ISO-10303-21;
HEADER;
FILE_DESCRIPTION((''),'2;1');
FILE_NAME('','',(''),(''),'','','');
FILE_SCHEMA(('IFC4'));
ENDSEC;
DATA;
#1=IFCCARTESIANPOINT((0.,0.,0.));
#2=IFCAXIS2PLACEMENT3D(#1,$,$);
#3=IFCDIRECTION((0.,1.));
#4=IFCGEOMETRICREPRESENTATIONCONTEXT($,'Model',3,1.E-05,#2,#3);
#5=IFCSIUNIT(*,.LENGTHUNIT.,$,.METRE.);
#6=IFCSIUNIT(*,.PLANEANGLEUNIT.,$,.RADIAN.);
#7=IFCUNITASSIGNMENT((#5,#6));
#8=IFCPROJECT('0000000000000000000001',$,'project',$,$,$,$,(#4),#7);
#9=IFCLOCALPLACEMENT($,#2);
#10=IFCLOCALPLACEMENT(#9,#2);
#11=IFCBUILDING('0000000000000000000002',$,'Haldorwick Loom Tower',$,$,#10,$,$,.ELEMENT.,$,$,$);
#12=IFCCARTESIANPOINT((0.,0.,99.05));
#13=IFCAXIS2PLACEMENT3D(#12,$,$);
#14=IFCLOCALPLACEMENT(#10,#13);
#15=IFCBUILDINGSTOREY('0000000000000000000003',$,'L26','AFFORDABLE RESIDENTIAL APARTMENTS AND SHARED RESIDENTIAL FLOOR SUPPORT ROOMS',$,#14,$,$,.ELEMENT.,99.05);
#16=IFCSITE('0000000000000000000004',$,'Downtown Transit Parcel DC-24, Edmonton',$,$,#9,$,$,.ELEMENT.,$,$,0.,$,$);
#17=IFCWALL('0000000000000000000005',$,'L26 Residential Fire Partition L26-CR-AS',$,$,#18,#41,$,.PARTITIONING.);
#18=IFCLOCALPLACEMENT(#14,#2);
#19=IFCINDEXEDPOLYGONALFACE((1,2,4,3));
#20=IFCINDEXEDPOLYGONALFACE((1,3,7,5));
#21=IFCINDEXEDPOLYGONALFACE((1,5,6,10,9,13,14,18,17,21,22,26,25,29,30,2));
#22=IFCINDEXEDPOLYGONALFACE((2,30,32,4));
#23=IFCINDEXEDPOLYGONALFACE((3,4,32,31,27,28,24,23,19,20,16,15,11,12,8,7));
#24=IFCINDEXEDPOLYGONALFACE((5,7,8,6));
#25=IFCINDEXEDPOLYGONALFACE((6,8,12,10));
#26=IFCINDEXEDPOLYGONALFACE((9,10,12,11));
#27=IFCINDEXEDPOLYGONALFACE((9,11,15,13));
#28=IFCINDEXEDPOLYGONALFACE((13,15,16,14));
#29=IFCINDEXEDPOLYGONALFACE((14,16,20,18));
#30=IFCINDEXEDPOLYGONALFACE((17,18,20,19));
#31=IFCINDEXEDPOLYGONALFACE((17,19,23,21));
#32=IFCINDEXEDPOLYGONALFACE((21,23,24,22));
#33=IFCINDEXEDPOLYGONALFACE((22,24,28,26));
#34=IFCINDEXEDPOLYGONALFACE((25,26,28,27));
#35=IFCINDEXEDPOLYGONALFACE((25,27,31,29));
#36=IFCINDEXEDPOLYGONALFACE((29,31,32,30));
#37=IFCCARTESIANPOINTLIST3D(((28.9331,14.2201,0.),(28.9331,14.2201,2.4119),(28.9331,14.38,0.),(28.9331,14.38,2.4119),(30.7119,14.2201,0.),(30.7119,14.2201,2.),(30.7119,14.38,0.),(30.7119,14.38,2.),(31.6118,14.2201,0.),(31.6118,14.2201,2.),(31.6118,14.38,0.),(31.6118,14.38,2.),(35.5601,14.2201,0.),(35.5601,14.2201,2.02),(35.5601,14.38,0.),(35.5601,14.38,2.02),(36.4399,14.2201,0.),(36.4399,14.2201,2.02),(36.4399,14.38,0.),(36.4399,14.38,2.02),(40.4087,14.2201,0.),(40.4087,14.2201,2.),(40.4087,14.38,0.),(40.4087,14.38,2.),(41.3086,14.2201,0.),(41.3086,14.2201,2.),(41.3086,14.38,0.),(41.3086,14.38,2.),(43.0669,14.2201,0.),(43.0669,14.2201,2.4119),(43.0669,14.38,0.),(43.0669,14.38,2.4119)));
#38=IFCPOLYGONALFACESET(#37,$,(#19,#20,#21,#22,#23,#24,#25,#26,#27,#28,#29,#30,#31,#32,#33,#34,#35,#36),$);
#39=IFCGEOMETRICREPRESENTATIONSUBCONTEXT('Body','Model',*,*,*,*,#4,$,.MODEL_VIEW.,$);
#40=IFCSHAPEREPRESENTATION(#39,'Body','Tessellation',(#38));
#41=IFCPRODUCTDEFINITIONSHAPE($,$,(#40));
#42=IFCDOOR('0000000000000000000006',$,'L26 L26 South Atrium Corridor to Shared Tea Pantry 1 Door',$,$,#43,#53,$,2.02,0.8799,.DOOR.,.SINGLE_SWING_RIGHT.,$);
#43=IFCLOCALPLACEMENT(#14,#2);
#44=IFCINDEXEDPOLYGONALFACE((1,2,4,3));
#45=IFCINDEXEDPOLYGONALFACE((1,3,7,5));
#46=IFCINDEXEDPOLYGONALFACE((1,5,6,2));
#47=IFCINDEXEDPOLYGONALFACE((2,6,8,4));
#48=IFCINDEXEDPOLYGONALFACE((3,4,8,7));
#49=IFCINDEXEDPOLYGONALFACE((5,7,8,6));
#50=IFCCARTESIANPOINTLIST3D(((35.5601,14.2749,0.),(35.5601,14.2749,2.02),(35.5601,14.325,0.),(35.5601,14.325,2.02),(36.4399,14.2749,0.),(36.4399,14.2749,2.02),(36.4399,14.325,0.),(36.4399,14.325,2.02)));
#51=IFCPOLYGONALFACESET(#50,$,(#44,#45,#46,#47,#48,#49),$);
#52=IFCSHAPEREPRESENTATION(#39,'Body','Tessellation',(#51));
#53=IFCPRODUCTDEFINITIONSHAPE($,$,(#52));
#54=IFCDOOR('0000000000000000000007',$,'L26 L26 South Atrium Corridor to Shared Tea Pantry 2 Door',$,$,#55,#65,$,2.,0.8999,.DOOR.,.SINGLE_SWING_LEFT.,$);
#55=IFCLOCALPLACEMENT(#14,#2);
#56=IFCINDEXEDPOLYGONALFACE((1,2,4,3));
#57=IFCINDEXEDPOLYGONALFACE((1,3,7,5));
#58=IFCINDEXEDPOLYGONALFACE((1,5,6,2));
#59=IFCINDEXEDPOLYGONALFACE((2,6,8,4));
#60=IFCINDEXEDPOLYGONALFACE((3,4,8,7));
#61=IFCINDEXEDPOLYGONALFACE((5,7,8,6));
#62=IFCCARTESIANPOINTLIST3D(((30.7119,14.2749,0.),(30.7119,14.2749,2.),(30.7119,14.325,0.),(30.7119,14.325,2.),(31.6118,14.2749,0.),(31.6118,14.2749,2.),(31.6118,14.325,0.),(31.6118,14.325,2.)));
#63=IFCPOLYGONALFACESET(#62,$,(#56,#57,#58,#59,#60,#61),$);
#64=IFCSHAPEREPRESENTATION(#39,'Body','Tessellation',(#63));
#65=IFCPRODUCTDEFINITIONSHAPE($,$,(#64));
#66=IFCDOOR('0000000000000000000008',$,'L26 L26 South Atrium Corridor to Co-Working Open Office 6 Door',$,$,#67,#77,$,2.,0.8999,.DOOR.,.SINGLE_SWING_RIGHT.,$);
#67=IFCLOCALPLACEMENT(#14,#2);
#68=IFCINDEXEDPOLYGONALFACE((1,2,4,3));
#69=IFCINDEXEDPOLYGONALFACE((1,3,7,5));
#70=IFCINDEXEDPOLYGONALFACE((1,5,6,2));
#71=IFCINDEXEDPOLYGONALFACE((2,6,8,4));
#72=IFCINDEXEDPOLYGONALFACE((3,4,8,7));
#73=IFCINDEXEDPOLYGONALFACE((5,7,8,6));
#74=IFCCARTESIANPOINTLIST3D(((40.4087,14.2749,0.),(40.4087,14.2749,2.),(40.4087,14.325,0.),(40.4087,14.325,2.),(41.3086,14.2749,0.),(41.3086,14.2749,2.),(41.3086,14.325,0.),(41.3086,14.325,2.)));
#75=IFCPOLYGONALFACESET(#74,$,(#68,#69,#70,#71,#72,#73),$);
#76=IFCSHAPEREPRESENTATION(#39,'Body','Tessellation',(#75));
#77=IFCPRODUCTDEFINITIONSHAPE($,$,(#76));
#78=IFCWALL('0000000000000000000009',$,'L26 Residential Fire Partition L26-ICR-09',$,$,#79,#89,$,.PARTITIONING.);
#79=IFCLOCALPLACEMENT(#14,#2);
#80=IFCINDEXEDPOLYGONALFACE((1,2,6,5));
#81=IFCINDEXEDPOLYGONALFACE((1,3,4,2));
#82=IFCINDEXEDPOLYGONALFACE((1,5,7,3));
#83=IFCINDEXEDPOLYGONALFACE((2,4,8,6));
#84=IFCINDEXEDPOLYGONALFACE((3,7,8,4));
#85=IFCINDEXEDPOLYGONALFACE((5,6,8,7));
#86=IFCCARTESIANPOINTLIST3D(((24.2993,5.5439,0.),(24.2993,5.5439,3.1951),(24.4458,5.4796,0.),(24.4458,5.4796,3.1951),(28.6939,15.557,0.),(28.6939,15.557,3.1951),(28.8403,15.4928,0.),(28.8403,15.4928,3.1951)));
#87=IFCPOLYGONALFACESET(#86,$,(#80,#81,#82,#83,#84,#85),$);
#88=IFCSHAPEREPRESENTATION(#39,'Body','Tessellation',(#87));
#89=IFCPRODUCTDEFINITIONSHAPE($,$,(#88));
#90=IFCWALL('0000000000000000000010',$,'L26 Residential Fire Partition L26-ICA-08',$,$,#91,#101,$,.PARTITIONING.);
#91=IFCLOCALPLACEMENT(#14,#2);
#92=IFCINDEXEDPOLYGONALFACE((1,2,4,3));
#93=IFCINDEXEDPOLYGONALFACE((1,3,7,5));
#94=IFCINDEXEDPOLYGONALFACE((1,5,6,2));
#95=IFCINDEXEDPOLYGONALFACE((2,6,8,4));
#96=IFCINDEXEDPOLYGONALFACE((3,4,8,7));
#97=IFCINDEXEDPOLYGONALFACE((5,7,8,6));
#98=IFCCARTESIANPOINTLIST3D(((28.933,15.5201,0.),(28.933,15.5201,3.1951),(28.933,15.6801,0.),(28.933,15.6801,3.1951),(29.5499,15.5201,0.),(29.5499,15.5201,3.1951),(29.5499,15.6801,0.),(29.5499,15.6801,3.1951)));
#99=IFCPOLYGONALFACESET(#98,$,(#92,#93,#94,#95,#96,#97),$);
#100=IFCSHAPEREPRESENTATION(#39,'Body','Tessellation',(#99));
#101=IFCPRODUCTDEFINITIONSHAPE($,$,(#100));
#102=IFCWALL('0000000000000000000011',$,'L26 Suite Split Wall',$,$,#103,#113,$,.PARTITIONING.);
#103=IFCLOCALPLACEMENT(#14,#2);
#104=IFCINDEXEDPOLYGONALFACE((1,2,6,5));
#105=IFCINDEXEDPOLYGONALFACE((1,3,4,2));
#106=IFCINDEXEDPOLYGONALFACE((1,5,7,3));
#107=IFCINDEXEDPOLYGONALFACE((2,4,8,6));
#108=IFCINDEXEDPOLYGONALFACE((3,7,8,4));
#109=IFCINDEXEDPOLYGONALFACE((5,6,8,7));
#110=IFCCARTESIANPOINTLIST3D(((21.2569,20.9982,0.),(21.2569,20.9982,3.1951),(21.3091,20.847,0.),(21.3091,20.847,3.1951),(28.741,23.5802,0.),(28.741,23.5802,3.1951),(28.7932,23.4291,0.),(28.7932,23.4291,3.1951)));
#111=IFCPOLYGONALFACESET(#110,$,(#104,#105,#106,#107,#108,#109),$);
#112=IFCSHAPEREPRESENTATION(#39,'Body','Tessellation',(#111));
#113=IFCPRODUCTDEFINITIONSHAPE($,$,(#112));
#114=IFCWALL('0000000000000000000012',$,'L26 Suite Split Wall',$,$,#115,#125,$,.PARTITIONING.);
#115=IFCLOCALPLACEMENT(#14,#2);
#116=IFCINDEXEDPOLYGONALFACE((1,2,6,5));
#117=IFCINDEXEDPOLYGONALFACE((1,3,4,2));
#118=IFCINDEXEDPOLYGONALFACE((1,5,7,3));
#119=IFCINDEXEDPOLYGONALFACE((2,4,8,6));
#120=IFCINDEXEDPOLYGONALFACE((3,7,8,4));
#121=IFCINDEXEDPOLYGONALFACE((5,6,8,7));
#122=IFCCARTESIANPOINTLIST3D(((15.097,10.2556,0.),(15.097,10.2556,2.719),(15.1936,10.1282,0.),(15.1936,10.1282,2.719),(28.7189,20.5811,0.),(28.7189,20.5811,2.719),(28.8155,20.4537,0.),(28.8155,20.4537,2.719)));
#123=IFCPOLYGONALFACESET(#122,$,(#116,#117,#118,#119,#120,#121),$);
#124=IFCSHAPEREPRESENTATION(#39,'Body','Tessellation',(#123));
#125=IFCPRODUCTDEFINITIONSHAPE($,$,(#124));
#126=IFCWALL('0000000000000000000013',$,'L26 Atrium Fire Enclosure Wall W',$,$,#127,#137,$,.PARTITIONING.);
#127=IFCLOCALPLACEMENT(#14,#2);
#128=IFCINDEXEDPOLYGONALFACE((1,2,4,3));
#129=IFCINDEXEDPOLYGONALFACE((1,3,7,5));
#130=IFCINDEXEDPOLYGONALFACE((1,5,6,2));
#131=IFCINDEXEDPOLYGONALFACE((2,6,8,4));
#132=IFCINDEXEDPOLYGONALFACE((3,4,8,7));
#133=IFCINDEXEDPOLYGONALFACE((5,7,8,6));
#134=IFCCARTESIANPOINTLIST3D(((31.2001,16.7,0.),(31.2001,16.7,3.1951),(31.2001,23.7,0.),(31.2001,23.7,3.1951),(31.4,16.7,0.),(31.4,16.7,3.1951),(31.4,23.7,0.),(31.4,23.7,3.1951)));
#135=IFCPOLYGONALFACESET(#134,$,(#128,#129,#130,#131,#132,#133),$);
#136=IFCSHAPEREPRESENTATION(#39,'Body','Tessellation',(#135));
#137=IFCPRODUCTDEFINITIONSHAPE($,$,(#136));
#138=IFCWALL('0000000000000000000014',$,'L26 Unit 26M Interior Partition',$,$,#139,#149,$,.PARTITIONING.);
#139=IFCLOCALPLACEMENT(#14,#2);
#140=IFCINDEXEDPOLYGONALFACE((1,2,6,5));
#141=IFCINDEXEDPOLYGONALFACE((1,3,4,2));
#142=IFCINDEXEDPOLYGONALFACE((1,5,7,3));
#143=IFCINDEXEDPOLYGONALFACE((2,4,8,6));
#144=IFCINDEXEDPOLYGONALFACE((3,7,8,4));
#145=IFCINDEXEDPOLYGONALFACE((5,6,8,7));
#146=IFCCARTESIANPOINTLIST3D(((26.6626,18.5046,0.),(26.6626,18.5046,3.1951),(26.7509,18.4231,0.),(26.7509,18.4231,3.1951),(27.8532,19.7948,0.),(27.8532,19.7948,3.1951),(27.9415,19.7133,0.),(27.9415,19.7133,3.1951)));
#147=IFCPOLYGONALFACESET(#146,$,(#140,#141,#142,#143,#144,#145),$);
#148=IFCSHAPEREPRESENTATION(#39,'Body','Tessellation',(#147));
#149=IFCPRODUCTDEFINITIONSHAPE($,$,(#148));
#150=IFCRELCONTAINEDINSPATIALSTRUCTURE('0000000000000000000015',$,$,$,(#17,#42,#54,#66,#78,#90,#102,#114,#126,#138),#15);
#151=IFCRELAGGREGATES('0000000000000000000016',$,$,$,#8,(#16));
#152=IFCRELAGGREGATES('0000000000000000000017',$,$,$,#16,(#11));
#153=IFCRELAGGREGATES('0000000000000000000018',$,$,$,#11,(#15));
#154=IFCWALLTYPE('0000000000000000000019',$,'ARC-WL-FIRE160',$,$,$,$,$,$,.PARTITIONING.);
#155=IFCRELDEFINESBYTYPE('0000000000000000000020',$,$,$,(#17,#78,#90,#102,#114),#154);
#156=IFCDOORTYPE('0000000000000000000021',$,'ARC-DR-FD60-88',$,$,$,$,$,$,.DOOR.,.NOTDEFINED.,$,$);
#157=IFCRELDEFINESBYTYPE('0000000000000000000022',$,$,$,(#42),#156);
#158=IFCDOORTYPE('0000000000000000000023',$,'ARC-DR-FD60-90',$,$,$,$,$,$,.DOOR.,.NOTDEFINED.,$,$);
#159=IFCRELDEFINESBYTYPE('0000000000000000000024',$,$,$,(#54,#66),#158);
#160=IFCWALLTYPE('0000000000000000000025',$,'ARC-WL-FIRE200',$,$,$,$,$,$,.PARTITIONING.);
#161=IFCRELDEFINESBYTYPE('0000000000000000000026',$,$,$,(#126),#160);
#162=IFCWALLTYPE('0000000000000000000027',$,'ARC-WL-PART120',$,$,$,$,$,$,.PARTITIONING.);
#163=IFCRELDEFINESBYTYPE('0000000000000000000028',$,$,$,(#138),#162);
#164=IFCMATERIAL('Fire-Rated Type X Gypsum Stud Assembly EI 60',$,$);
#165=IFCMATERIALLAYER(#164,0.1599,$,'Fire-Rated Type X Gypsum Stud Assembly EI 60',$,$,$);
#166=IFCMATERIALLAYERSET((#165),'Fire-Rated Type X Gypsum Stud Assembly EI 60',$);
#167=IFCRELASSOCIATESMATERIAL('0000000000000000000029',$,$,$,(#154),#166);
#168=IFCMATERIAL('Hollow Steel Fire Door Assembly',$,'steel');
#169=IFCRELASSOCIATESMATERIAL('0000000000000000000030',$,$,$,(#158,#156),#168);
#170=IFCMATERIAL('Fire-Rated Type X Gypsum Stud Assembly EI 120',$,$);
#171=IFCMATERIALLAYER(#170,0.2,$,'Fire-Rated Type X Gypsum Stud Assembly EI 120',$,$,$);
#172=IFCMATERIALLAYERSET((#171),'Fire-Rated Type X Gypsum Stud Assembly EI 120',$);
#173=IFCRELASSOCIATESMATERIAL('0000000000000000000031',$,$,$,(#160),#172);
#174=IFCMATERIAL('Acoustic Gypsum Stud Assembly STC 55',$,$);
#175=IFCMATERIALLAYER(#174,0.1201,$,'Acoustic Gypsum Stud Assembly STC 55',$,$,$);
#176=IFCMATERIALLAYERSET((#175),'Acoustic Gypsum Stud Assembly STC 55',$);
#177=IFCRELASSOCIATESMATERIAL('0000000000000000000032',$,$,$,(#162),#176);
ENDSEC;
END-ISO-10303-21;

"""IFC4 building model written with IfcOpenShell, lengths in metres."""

from ifc_helpers import new_model, si_unit, direction, frame, frame_2d, origin, place, context, subcontext, project, spatial, rectangle, extrude, material, layer, layer_set, type_object, element, fill, save


model = new_model("IFC4")

# Units and contexts
model_context = context("Model", 3, precision=1e-05, world=origin(), true_north=direction((0.0, 1.0)))
body_context = subcontext(model_context, "Body", "Model", "MODEL_VIEW")
ifc_project = project(units=[si_unit("LENGTHUNIT", "METRE"), si_unit("PLANEANGLEUNIT", "RADIAN")], contexts=[model_context])

# Site, building, storey
site_placement = place(None, origin())
site = spatial("IfcSite", under=ifc_project, at=site_placement, Name="Downtown Transit Parcel DC-24, Edmonton", CompositionType="ELEMENT", RefElevation=0.0)
building_placement = place(site_placement, origin())
building = spatial("IfcBuilding", under=site, at=building_placement, Name="Haldorwick Loom Tower", CompositionType="ELEMENT")
storey_placement = place(building_placement, frame((0.0, 0.0, 99.05)))
storey = spatial("IfcBuildingStorey", under=building, at=storey_placement, Name="L26", Description="AFFORDABLE RESIDENTIAL APARTMENTS AND SHARED RESIDENTIAL FLOOR SUPPORT ROOMS", CompositionType="ELEMENT", Elevation=99.05)

# Wall, openings, doors
ifc_material_1 = material(Name="Fire-Rated Type X Gypsum Stud Assembly EI 60")
ifc_layer_1 = layer(ifc_material_1, 0.1599, Name="Fire-Rated Type X Gypsum Stud Assembly EI 60")
ifc_layer_set_1 = layer_set([ifc_layer_1], Name="Fire-Rated Type X Gypsum Stud Assembly EI 60")
wall_type_1 = type_object("IfcWallType", Name="ARC-WL-FIRE160", PredefinedType="PARTITIONING", material=ifc_layer_set_1)
ifc_material_2 = material(Name="Hollow Steel Fire Door Assembly", Category="steel")
door_type_1 = type_object("IfcDoorType", Name="ARC-DR-FD60-90", OperationType="NOTDEFINED", PredefinedType="DOOR", material=ifc_material_2)
wall_1_placement = place(storey_placement, frame((28.9331, 14.3, 0.0), z_axis=(0.0, 0.0, 1.0), x_axis=(1.0, 0.0, 0.0)))
wall_1 = element("IfcWall", 1, at=wall_1_placement, inside=storey, type_object=wall_type_1, Name="L26 Residential Fire Partition L26-CR-AS", PredefinedType="PARTITIONING", context=body_context, shape_type="SweptSolid", body=[
    extrude(rectangle(XDim=14.1338, YDim=0.1599, at=frame_2d((7.0669, 0.0))), origin(), (0.0, 0.0, 1.0), 2.4119),
])
opening_1_placement = place(wall_1_placement, frame((6.627, 0.0, 0.0)))
opening_1 = element("IfcOpeningElement", 2, at=opening_1_placement, cuts=wall_1, PredefinedType="OPENING", context=body_context, shape_type="SweptSolid", body=[
    extrude(rectangle(XDim=0.8799, YDim=2.02, at=frame_2d((0.4399, 1.01))), frame((0.0, 0.0898, 0.0), z_axis=(0.0, -1.0, 0.0), x_axis=(1.0, 0.0, 0.0)), (0.0, 0.0, 1.0), 0.1799),
])
opening_2_placement = place(wall_1_placement, frame((1.7788, 0.0, 0.0)))
opening_2 = element("IfcOpeningElement", 3, at=opening_2_placement, cuts=wall_1, PredefinedType="OPENING", context=body_context, shape_type="SweptSolid", body=[
    extrude(rectangle(XDim=0.8999, YDim=2.0, at=frame_2d((0.45, 1.0))), frame((0.0, 0.0898, 0.0), z_axis=(0.0, -1.0, 0.0), x_axis=(1.0, 0.0, 0.0)), (0.0, 0.0, 1.0), 0.1799),
])
opening_3_placement = place(wall_1_placement, frame((11.4756, 0.0, 0.0)))
opening_3 = element("IfcOpeningElement", 4, at=opening_3_placement, cuts=wall_1, PredefinedType="OPENING", context=body_context, shape_type="SweptSolid", body=[
    extrude(rectangle(XDim=0.8999, YDim=2.0, at=frame_2d((0.45, 1.0))), frame((0.0, 0.0898, 0.0), z_axis=(0.0, -1.0, 0.0), x_axis=(1.0, 0.0, 0.0)), (0.0, 0.0, 1.0), 0.1799),
])
door_type_2 = type_object("IfcDoorType", Name="ARC-DR-FD60-88", OperationType="NOTDEFINED", PredefinedType="DOOR", material=ifc_material_2)
door_1_placement = place(opening_1_placement, origin())
door_1 = element("IfcDoor", 5, at=door_1_placement, inside=storey, type_object=door_type_2, Name="L26 L26 South Atrium Corridor to Shared Tea Pantry 1 Door", OperationType="SINGLE_SWING_RIGHT", OverallHeight=2.02, OverallWidth=0.8799, PredefinedType="DOOR", context=body_context, shape_type="SweptSolid", body=[
    extrude(rectangle(XDim=0.8799, YDim=2.02, at=frame_2d((0.4399, 1.01))), frame((0.0, 0.0249, 0.0), z_axis=(0.0, -1.0, 0.0), x_axis=(1.0, 0.0, 0.0)), (0.0, 0.0, 1.0), 0.05),
])
fill(opening_1, door_1)
door_2_placement = place(opening_2_placement, origin())
door_2 = element("IfcDoor", 6, at=door_2_placement, inside=storey, type_object=door_type_1, Name="L26 L26 South Atrium Corridor to Shared Tea Pantry 2 Door", OperationType="SINGLE_SWING_LEFT", OverallHeight=2.0, OverallWidth=0.8999, PredefinedType="DOOR", context=body_context, shape_type="SweptSolid", body=[
    extrude(rectangle(XDim=0.8999, YDim=2.0, at=frame_2d((0.45, 1.0))), frame((0.0, 0.0249, 0.0), z_axis=(0.0, -1.0, 0.0), x_axis=(1.0, 0.0, 0.0)), (0.0, 0.0, 1.0), 0.05),
])
fill(opening_2, door_2)
door_3_placement = place(opening_3_placement, origin())
door_3 = element("IfcDoor", 7, at=door_3_placement, inside=storey, type_object=door_type_1, Name="L26 L26 South Atrium Corridor to Co-Working Open Office 6 Door", OperationType="SINGLE_SWING_RIGHT", OverallHeight=2.0, OverallWidth=0.8999, PredefinedType="DOOR", context=body_context, shape_type="SweptSolid", body=[
    extrude(rectangle(XDim=0.8999, YDim=2.0, at=frame_2d((0.45, 1.0))), frame((0.0, 0.0249, 0.0), z_axis=(0.0, -1.0, 0.0), x_axis=(1.0, 0.0, 0.0)), (0.0, 0.0, 1.0), 0.05),
])
fill(opening_3, door_3)

# Walls
wall_2_placement = place(storey_placement, frame((28.7671, 15.5249, 0.0), z_axis=(0.0, 0.0, 1.0), x_axis=(-0.401875, -0.915695, 0.0)))
element("IfcWall", 8, at=wall_2_placement, inside=storey, type_object=wall_type_1, Name="L26 Residential Fire Partition L26-ICR-09", PredefinedType="PARTITIONING", context=body_context, shape_type="SweptSolid", body=[
    extrude(rectangle(XDim=10.9351, YDim=0.1599, at=frame_2d((5.4675, 0.0))), origin(), (0.0, 0.0, 1.0), 3.1951),
])
wall_3_placement = place(storey_placement, frame((29.55, 15.6001, 0.0), z_axis=(0.0, 0.0, 1.0), x_axis=(-1.0, 0.0, 0.0)))
element("IfcWall", 9, at=wall_3_placement, inside=storey, type_object=wall_type_1, Name="L26 Residential Fire Partition L26-ICA-08", PredefinedType="PARTITIONING", context=body_context, shape_type="SweptSolid", body=[
    extrude(rectangle(XDim=0.6169, YDim=0.1599, at=frame_2d((0.3086, 0.0))), origin(), (0.0, 0.0, 1.0), 3.1951),
])
wall_4_placement = place(storey_placement, frame((28.7671, 23.5046, 0.0), z_axis=(0.0, 0.0, 1.0), x_axis=(-0.945323, -0.326137, 0.0)))
element("IfcWall", 10, at=wall_4_placement, inside=storey, type_object=wall_type_1, Name="L26 Suite Split Wall", PredefinedType="PARTITIONING", context=body_context, shape_type="SweptSolid", body=[
    extrude(rectangle(XDim=7.917, YDim=0.1599, at=frame_2d((3.9585, 0.0))), origin(), (0.0, 0.0, 1.0), 3.1951),
])
wall_5_placement = place(storey_placement, frame((28.7671, 20.5173, 0.0), z_axis=(0.0, 0.0, 1.0), x_axis=(-0.796927, -0.604076, 0.0)))
element("IfcWall", 11, at=wall_5_placement, inside=storey, type_object=wall_type_1, Name="L26 Suite Split Wall", PredefinedType="PARTITIONING", context=body_context, shape_type="SweptSolid", body=[
    extrude(rectangle(XDim=17.093, YDim=0.1599, at=frame_2d((8.5464, 0.0))), origin(), (0.0, 0.0, 1.0), 2.719),
])
ifc_material_3 = material(Name="Fire-Rated Type X Gypsum Stud Assembly EI 120")
ifc_layer_2 = layer(ifc_material_3, 0.2, Name="Fire-Rated Type X Gypsum Stud Assembly EI 120")
ifc_layer_set_2 = layer_set([ifc_layer_2], Name="Fire-Rated Type X Gypsum Stud Assembly EI 120")
wall_type_2 = type_object("IfcWallType", Name="ARC-WL-FIRE200", PredefinedType="PARTITIONING", material=ifc_layer_set_2)
wall_6_placement = place(storey_placement, frame((31.3, 16.7, 0.0), z_axis=(0.0, 0.0, 1.0), x_axis=(0.0, 1.0, 0.0)))
element("IfcWall", 12, at=wall_6_placement, inside=storey, type_object=wall_type_2, Name="L26 Atrium Fire Enclosure Wall W", PredefinedType="PARTITIONING", context=body_context, shape_type="SweptSolid", body=[
    extrude(rectangle(XDim=7.0, YDim=0.2, at=frame_2d((3.5, 0.0))), origin(), (0.0, 0.0, 1.0), 3.1951),
])
ifc_material_4 = material(Name="Acoustic Gypsum Stud Assembly STC 55")
ifc_layer_3 = layer(ifc_material_4, 0.1201, Name="Acoustic Gypsum Stud Assembly STC 55")
ifc_layer_set_3 = layer_set([ifc_layer_3], Name="Acoustic Gypsum Stud Assembly STC 55")
wall_type_3 = type_object("IfcWallType", Name="ARC-WL-PART120", PredefinedType="PARTITIONING", material=ifc_layer_set_3)
wall_7_placement = place(storey_placement, frame((27.8975, 19.7542, 0.0), z_axis=(0.0, 0.0, 1.0), x_axis=(-0.67817, -0.734905, 0.0)))
element("IfcWall", 13, at=wall_7_placement, inside=storey, type_object=wall_type_3, Name="L26 Unit 26M Interior Partition", PredefinedType="PARTITIONING", context=body_context, shape_type="SweptSolid", body=[
    extrude(rectangle(XDim=1.7556, YDim=0.1201, at=frame_2d((0.8779, 0.0))), origin(), (0.0, 0.0, 1.0), 3.1951),
])

save(model, "model.ifc")
